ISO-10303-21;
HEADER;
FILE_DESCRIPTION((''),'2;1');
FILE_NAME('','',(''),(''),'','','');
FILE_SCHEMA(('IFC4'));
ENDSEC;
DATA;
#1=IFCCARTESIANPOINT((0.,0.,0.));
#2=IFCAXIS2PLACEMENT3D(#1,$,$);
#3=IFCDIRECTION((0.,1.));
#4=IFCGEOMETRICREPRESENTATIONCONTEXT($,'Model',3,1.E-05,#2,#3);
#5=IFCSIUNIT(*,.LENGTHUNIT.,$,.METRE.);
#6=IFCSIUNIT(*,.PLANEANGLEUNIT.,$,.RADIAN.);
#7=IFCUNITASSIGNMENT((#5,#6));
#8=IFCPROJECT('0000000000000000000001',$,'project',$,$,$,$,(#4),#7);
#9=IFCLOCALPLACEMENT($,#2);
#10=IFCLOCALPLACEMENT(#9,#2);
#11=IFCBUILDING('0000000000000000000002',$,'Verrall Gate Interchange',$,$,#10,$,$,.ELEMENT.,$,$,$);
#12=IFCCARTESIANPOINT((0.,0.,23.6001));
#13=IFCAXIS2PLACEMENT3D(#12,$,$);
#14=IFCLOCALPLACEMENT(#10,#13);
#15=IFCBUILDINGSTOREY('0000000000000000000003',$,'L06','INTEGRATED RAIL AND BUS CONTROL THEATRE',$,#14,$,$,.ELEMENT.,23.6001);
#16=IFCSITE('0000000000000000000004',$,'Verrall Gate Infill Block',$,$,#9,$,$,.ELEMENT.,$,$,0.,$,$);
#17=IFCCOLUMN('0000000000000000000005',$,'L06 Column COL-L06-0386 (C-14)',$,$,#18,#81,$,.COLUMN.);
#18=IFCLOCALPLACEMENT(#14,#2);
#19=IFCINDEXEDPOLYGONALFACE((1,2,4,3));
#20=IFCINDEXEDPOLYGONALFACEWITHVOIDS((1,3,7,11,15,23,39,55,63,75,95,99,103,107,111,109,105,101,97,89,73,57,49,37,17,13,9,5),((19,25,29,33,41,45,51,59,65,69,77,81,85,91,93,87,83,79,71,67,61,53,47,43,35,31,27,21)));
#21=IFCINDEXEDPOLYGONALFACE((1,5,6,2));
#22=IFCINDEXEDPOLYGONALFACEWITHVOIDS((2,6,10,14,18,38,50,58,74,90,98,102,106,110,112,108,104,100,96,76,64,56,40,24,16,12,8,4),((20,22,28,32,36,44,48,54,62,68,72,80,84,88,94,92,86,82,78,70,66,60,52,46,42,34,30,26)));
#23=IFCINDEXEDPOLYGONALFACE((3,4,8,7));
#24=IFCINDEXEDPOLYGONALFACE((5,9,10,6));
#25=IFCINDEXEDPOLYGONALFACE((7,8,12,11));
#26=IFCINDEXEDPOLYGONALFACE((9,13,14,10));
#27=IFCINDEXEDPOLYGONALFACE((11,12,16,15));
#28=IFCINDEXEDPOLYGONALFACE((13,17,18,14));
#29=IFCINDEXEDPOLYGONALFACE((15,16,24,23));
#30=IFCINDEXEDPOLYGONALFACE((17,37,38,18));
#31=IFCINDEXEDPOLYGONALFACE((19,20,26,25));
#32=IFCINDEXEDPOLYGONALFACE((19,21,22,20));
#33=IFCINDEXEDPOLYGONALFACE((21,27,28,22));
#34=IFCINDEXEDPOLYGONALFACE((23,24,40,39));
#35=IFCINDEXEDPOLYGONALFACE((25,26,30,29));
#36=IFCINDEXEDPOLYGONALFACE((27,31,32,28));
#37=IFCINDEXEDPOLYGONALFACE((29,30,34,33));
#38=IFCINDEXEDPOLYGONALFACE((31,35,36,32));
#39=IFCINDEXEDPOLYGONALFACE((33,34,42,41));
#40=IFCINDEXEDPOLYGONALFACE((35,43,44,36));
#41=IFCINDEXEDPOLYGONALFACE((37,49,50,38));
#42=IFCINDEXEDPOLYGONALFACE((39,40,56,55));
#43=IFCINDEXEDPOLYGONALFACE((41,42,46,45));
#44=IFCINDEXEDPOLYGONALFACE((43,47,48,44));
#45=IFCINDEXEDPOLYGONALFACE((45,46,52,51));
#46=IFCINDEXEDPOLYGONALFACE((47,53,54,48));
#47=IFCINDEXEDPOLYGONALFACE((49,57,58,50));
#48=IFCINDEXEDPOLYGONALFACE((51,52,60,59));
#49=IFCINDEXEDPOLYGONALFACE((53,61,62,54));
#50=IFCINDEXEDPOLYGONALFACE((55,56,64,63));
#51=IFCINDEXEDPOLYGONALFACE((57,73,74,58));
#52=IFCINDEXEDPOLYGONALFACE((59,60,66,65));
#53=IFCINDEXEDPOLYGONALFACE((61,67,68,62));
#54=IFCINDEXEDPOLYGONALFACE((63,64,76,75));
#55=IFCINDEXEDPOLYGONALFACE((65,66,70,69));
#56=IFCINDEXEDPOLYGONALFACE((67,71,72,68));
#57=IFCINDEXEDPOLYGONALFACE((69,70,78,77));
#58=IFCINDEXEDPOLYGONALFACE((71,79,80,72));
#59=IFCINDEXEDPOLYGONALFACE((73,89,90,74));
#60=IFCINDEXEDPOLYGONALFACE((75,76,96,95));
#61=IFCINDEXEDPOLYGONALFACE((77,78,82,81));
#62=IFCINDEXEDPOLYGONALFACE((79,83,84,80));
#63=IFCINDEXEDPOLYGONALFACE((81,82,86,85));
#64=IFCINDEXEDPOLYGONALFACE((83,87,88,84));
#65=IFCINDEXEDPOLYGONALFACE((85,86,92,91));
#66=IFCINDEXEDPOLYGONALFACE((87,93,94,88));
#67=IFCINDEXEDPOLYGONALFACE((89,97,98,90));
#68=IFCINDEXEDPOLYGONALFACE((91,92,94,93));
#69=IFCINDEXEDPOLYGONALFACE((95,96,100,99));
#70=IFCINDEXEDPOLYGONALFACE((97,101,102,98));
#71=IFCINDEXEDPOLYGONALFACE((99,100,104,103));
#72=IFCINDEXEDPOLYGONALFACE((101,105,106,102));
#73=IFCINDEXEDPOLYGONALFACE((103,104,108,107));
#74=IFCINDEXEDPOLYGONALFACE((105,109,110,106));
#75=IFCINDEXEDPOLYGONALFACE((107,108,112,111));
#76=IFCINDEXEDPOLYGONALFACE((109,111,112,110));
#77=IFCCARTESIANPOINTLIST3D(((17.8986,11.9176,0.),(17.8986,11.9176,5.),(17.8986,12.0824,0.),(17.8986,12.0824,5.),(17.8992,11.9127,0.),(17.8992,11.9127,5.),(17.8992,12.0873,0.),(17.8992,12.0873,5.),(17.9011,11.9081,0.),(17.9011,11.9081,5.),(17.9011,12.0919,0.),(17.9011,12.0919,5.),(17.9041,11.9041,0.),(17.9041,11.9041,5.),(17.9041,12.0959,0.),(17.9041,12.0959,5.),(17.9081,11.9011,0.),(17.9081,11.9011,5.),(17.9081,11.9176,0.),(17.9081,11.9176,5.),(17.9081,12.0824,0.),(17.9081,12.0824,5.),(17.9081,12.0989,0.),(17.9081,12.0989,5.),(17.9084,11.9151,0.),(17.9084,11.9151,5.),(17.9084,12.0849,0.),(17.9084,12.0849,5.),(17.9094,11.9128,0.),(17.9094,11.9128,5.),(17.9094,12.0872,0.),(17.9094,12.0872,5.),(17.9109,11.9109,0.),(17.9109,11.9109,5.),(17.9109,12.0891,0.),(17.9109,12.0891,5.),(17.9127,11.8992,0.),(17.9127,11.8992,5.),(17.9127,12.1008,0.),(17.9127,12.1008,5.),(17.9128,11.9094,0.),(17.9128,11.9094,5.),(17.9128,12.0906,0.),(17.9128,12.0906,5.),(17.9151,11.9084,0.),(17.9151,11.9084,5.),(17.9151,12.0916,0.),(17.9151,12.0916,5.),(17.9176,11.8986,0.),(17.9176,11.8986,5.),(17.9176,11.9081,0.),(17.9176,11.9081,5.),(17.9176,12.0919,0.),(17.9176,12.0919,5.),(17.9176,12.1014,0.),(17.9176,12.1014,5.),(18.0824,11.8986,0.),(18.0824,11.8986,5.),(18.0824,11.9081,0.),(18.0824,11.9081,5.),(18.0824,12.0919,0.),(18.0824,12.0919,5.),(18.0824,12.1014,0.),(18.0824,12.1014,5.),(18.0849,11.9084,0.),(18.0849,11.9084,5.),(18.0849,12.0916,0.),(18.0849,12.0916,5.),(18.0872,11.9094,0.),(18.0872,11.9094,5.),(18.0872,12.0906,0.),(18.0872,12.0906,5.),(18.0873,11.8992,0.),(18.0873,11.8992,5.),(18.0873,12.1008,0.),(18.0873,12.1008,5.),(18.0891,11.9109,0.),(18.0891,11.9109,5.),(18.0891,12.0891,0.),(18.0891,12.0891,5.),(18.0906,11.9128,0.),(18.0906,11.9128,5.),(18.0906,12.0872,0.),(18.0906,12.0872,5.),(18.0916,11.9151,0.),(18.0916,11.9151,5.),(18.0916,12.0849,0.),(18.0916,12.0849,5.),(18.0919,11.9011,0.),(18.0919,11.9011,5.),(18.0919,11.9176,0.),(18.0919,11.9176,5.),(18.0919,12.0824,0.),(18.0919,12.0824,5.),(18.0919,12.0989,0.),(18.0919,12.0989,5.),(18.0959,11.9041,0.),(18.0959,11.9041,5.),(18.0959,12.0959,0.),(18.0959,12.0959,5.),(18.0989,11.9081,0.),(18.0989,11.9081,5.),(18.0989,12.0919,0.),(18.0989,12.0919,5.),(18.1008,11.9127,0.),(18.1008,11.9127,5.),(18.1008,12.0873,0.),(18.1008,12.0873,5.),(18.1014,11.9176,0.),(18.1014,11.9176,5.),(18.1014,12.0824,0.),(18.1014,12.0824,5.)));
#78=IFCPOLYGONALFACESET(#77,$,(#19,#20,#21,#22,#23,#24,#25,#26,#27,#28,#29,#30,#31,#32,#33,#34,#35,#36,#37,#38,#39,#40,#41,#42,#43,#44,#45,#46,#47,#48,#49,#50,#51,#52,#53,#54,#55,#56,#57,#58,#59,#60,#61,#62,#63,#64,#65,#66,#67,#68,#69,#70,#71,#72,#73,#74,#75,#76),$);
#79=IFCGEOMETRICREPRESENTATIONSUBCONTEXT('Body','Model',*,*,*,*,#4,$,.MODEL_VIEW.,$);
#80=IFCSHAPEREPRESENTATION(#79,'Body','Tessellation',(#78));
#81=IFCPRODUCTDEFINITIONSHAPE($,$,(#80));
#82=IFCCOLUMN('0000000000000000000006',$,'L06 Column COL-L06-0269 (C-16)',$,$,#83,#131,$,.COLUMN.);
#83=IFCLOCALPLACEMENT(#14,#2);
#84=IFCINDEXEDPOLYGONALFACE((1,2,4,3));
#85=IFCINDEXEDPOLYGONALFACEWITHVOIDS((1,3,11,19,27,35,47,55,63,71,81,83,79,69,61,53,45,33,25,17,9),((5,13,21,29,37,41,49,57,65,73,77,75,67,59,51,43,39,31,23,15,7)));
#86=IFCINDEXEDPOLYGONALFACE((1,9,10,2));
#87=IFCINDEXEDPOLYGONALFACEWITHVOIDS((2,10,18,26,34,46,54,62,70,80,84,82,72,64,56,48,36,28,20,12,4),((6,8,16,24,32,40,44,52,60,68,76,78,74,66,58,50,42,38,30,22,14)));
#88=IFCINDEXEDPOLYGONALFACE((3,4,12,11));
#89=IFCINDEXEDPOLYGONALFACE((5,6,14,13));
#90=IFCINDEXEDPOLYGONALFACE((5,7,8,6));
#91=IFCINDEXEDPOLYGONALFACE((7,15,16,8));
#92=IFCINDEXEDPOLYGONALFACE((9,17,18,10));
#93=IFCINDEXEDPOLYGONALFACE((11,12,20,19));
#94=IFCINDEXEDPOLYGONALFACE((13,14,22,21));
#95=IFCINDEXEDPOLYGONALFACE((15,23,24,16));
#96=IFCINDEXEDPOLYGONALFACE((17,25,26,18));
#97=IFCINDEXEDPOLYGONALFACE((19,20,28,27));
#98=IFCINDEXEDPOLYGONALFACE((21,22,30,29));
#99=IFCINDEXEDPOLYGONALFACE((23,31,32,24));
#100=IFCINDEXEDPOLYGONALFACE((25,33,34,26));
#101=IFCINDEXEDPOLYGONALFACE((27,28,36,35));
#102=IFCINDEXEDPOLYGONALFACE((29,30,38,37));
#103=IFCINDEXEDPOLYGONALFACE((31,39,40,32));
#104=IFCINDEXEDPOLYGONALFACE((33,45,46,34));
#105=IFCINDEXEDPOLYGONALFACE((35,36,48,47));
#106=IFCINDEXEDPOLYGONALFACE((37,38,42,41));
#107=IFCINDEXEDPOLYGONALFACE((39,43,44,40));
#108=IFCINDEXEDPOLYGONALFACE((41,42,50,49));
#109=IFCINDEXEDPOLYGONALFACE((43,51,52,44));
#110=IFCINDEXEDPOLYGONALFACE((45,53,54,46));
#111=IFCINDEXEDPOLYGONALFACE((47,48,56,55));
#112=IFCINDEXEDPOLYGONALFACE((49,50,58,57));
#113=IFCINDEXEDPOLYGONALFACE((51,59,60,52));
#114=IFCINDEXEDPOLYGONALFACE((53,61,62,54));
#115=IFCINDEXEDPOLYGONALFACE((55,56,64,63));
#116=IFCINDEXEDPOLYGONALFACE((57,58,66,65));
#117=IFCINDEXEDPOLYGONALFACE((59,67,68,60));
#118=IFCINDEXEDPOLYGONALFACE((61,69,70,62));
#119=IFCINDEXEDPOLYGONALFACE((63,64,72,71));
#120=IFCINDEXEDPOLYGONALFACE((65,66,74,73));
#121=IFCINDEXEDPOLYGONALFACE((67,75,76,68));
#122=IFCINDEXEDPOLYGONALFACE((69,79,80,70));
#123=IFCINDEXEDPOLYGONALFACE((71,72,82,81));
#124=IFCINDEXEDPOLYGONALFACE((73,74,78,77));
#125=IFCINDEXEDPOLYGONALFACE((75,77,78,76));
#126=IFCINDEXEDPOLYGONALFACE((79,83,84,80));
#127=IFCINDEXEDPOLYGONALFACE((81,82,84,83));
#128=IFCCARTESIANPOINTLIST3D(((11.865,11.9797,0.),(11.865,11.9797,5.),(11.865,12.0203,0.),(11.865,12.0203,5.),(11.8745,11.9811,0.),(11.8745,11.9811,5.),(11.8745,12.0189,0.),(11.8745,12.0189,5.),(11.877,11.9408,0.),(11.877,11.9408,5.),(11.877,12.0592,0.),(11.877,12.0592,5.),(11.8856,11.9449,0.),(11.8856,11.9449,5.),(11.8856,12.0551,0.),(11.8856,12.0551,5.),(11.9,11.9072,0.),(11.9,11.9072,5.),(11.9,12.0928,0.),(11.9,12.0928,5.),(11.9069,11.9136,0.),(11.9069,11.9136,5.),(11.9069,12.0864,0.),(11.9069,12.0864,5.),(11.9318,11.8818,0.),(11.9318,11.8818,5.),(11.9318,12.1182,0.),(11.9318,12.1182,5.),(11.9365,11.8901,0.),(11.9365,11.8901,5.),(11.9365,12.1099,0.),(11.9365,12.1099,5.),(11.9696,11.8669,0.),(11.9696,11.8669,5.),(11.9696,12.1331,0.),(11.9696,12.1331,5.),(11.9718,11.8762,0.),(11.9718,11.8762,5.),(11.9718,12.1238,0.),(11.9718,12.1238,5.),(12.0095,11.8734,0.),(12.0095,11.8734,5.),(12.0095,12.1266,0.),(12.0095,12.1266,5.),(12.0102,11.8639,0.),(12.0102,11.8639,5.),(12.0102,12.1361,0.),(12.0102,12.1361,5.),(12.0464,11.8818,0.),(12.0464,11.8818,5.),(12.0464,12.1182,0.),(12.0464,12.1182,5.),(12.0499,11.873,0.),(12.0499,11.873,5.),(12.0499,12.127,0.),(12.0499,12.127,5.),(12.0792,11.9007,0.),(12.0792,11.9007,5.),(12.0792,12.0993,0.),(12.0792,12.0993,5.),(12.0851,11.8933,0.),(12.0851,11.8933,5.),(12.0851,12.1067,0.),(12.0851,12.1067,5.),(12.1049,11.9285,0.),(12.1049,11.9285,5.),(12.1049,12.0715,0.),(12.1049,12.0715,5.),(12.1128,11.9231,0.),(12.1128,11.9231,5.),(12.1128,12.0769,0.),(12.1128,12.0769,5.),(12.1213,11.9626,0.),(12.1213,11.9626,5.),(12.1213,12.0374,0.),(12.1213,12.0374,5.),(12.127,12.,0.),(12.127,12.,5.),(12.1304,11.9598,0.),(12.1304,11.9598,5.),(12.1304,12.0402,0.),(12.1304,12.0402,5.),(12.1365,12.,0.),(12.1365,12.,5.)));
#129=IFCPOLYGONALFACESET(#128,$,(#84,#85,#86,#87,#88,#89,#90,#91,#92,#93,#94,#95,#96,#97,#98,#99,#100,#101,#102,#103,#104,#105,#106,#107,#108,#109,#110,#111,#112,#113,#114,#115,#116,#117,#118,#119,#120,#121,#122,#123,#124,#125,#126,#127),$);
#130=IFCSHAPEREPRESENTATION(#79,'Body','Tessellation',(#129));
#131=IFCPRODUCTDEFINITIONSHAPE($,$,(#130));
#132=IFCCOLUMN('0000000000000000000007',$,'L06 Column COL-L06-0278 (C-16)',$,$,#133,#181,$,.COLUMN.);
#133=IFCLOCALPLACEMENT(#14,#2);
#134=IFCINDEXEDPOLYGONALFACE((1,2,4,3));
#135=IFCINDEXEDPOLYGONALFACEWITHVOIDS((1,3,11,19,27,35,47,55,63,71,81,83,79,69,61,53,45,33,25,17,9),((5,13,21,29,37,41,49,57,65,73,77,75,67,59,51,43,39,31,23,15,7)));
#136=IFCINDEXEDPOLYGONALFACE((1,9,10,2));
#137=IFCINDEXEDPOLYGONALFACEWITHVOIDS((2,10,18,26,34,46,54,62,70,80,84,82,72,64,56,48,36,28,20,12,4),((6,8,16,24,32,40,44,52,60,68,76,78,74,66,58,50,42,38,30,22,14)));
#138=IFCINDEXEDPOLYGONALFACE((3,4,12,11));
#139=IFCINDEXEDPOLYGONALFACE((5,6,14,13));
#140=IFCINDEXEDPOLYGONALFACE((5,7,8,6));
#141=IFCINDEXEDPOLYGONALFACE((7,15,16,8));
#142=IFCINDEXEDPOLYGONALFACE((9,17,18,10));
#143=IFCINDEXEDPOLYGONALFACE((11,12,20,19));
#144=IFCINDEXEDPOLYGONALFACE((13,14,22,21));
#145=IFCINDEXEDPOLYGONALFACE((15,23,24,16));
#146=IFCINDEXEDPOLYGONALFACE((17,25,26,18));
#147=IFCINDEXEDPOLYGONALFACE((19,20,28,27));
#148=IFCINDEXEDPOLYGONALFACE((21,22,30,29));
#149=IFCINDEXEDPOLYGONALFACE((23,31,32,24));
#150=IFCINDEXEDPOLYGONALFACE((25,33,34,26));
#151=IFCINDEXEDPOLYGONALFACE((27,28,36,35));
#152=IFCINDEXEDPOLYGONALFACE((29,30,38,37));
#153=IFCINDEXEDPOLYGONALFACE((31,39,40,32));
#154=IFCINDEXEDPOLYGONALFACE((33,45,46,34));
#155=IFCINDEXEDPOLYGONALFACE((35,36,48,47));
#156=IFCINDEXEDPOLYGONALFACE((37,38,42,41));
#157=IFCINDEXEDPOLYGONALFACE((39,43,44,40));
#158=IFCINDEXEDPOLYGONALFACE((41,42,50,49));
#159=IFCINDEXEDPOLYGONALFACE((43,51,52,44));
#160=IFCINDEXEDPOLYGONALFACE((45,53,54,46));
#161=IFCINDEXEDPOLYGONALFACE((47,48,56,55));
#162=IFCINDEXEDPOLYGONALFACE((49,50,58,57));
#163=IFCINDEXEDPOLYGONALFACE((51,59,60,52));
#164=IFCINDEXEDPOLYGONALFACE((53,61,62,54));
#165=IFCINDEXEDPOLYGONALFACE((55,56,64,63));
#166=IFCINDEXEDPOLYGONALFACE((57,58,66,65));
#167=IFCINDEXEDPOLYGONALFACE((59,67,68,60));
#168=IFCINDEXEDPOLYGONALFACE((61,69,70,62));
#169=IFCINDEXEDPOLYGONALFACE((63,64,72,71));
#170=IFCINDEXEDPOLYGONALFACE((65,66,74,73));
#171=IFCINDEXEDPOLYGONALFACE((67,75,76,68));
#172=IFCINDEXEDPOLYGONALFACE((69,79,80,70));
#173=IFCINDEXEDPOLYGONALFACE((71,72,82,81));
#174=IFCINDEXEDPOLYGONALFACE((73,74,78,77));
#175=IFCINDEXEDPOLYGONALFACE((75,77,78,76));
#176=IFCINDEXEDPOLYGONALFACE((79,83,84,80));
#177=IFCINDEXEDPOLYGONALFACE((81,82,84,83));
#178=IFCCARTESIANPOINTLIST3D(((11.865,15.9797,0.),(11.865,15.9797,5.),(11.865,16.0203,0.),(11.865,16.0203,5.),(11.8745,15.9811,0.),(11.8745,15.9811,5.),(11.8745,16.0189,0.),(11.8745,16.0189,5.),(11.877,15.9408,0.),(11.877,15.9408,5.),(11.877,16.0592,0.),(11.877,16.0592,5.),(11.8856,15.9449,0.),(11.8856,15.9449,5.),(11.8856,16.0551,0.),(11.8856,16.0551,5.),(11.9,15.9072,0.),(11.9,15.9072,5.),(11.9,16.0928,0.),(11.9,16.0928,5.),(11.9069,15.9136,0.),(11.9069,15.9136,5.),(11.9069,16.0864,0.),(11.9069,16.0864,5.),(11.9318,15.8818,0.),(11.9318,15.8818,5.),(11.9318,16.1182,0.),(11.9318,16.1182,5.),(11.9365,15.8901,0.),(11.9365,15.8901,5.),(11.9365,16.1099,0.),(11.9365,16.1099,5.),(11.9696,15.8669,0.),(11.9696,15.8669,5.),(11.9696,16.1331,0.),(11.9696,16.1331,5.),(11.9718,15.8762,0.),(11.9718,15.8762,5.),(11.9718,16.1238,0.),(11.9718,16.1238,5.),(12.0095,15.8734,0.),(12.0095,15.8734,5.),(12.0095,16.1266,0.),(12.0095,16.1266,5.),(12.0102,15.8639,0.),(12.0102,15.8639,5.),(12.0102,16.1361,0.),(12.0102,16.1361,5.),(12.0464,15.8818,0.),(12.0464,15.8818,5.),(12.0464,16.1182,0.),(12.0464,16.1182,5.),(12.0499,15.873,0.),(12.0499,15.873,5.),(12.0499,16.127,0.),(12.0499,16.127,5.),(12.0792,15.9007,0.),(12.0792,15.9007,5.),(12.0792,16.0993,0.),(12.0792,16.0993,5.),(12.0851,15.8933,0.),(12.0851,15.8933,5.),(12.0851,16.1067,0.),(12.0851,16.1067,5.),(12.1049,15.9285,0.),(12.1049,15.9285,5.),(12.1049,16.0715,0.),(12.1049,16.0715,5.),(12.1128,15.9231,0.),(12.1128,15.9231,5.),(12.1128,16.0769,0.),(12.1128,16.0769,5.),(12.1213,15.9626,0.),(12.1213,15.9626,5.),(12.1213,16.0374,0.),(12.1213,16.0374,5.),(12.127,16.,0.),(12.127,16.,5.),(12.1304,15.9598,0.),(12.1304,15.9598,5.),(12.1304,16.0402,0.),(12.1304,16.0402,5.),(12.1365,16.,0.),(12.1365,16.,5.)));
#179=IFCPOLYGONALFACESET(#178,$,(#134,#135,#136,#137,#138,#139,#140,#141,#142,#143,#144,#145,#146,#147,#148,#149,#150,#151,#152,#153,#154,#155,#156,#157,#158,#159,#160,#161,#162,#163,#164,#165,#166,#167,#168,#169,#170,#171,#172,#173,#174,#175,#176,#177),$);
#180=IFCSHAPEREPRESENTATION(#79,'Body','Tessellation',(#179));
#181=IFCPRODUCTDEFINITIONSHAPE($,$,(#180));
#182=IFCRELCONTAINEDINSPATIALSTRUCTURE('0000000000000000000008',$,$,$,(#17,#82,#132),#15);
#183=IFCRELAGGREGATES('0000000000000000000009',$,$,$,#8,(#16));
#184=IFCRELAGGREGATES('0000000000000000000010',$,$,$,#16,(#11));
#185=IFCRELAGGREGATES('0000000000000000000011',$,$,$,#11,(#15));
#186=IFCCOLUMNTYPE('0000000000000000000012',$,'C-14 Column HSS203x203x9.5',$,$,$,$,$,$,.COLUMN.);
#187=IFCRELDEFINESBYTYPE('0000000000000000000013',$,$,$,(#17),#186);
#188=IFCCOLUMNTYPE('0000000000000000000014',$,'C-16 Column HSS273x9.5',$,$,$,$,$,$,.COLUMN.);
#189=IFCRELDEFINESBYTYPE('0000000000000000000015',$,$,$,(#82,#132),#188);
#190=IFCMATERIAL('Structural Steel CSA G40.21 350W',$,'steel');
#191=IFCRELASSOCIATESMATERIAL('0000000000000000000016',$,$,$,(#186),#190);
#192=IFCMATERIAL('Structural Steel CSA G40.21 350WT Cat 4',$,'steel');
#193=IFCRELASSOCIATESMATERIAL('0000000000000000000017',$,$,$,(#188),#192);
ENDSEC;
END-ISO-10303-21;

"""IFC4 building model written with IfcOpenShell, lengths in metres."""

from ifc_helpers import new_model, si_unit, direction, frame, origin, origin_2d, place, context, subcontext, project, spatial, hollow_rectangle, hollow_circle, extrude, material, material_profile, profile_set, type_object, element, save


model = new_model("IFC4")

# Units and contexts
model_context = context("Model", 3, precision=1e-05, world=origin(), true_north=direction((0.0, 1.0)))
body_context = subcontext(model_context, "Body", "Model", "MODEL_VIEW")
ifc_project = project(units=[si_unit("LENGTHUNIT", "METRE"), si_unit("PLANEANGLEUNIT", "RADIAN")], contexts=[model_context])

# Site, building, storey
site_placement = place(None, origin())
site = spatial("IfcSite", under=ifc_project, at=site_placement, Name="Verrall Gate Infill Block", CompositionType="ELEMENT", RefElevation=0.0)
building_placement = place(site_placement, origin())
building = spatial("IfcBuilding", under=site, at=building_placement, Name="Verrall Gate Interchange", CompositionType="ELEMENT")
storey_placement = place(building_placement, frame((0.0, 0.0, 23.6001)))
storey = spatial("IfcBuildingStorey", under=building, at=storey_placement, Name="L06", Description="INTEGRATED RAIL AND BUS CONTROL THEATRE", CompositionType="ELEMENT", Elevation=23.6001)

# Columns
ifc_material_1 = material(Name="Structural Steel CSA G40.21 350W", Category="steel")
ifc_material_profile_1 = material_profile(ifc_material_1, hollow_rectangle(XDim=0.2029, YDim=0.2029, WallThickness=0.0095, InnerFilletRadius=0.0095, OuterFilletRadius=0.019, at=origin_2d()), Name="HSS203x203x9.5")
ifc_profile_set_1 = profile_set([ifc_material_profile_1], Name="Structural Steel CSA G40.21 350W")
column_type_1 = type_object("IfcColumnType", Name="C-14 Column HSS203x203x9.5", PredefinedType="COLUMN", material=ifc_profile_set_1)
column_placement = place(storey_placement, frame((18.0, 12.0, 0.0), z_axis=(0.0, 0.0, 1.0), x_axis=(1.0, 0.0, 0.0)))
element("IfcColumn", 1, at=column_placement, inside=storey, type_object=column_type_1, Name="L06 Column COL-L06-0386 (C-14)", PredefinedType="COLUMN", context=body_context, shape_type="SweptSolid", body=[
    extrude(hollow_rectangle(XDim=0.2029, YDim=0.2029, WallThickness=0.0095, InnerFilletRadius=0.0095, OuterFilletRadius=0.019, at=origin_2d()), origin(), (0.0, 0.0, 1.0), 5.0),
])
ifc_material_2 = material(Name="Structural Steel CSA G40.21 350WT Cat 4", Category="steel")
ifc_material_profile_2 = material_profile(ifc_material_2, hollow_circle(Radius=0.1365, WallThickness=0.0095, at=origin_2d()), Name="HSS273x9.5")
ifc_profile_set_2 = profile_set([ifc_material_profile_2], Name="Structural Steel CSA G40.21 350WT Cat 4")
column_type_2 = type_object("IfcColumnType", Name="C-16 Column HSS273x9.5", PredefinedType="COLUMN", material=ifc_profile_set_2)
for number, where, z_axis, x_axis, name in (
    (2, (12.0, 12.0, 0.0), (0.0, 0.0, 1.0), (1.0, 0.0, 0.0), "L06 Column COL-L06-0269 (C-16)"),
    (3, (12.0, 16.0, 0.0), (0.0, 0.0, 1.0), (1.0, 0.0, 0.0), "L06 Column COL-L06-0278 (C-16)"),
):
    element("IfcColumn", number, at=place(storey_placement, frame(where, z_axis=z_axis, x_axis=x_axis)), inside=storey, type_object=column_type_2, Name=name, PredefinedType="COLUMN", context=body_context, shape_type="SweptSolid", body=[
        extrude(hollow_circle(Radius=0.1365, WallThickness=0.0095, at=origin_2d()), origin(), (0.0, 0.0, 1.0), 5.0),
    ])

save(model, "model.ifc")
